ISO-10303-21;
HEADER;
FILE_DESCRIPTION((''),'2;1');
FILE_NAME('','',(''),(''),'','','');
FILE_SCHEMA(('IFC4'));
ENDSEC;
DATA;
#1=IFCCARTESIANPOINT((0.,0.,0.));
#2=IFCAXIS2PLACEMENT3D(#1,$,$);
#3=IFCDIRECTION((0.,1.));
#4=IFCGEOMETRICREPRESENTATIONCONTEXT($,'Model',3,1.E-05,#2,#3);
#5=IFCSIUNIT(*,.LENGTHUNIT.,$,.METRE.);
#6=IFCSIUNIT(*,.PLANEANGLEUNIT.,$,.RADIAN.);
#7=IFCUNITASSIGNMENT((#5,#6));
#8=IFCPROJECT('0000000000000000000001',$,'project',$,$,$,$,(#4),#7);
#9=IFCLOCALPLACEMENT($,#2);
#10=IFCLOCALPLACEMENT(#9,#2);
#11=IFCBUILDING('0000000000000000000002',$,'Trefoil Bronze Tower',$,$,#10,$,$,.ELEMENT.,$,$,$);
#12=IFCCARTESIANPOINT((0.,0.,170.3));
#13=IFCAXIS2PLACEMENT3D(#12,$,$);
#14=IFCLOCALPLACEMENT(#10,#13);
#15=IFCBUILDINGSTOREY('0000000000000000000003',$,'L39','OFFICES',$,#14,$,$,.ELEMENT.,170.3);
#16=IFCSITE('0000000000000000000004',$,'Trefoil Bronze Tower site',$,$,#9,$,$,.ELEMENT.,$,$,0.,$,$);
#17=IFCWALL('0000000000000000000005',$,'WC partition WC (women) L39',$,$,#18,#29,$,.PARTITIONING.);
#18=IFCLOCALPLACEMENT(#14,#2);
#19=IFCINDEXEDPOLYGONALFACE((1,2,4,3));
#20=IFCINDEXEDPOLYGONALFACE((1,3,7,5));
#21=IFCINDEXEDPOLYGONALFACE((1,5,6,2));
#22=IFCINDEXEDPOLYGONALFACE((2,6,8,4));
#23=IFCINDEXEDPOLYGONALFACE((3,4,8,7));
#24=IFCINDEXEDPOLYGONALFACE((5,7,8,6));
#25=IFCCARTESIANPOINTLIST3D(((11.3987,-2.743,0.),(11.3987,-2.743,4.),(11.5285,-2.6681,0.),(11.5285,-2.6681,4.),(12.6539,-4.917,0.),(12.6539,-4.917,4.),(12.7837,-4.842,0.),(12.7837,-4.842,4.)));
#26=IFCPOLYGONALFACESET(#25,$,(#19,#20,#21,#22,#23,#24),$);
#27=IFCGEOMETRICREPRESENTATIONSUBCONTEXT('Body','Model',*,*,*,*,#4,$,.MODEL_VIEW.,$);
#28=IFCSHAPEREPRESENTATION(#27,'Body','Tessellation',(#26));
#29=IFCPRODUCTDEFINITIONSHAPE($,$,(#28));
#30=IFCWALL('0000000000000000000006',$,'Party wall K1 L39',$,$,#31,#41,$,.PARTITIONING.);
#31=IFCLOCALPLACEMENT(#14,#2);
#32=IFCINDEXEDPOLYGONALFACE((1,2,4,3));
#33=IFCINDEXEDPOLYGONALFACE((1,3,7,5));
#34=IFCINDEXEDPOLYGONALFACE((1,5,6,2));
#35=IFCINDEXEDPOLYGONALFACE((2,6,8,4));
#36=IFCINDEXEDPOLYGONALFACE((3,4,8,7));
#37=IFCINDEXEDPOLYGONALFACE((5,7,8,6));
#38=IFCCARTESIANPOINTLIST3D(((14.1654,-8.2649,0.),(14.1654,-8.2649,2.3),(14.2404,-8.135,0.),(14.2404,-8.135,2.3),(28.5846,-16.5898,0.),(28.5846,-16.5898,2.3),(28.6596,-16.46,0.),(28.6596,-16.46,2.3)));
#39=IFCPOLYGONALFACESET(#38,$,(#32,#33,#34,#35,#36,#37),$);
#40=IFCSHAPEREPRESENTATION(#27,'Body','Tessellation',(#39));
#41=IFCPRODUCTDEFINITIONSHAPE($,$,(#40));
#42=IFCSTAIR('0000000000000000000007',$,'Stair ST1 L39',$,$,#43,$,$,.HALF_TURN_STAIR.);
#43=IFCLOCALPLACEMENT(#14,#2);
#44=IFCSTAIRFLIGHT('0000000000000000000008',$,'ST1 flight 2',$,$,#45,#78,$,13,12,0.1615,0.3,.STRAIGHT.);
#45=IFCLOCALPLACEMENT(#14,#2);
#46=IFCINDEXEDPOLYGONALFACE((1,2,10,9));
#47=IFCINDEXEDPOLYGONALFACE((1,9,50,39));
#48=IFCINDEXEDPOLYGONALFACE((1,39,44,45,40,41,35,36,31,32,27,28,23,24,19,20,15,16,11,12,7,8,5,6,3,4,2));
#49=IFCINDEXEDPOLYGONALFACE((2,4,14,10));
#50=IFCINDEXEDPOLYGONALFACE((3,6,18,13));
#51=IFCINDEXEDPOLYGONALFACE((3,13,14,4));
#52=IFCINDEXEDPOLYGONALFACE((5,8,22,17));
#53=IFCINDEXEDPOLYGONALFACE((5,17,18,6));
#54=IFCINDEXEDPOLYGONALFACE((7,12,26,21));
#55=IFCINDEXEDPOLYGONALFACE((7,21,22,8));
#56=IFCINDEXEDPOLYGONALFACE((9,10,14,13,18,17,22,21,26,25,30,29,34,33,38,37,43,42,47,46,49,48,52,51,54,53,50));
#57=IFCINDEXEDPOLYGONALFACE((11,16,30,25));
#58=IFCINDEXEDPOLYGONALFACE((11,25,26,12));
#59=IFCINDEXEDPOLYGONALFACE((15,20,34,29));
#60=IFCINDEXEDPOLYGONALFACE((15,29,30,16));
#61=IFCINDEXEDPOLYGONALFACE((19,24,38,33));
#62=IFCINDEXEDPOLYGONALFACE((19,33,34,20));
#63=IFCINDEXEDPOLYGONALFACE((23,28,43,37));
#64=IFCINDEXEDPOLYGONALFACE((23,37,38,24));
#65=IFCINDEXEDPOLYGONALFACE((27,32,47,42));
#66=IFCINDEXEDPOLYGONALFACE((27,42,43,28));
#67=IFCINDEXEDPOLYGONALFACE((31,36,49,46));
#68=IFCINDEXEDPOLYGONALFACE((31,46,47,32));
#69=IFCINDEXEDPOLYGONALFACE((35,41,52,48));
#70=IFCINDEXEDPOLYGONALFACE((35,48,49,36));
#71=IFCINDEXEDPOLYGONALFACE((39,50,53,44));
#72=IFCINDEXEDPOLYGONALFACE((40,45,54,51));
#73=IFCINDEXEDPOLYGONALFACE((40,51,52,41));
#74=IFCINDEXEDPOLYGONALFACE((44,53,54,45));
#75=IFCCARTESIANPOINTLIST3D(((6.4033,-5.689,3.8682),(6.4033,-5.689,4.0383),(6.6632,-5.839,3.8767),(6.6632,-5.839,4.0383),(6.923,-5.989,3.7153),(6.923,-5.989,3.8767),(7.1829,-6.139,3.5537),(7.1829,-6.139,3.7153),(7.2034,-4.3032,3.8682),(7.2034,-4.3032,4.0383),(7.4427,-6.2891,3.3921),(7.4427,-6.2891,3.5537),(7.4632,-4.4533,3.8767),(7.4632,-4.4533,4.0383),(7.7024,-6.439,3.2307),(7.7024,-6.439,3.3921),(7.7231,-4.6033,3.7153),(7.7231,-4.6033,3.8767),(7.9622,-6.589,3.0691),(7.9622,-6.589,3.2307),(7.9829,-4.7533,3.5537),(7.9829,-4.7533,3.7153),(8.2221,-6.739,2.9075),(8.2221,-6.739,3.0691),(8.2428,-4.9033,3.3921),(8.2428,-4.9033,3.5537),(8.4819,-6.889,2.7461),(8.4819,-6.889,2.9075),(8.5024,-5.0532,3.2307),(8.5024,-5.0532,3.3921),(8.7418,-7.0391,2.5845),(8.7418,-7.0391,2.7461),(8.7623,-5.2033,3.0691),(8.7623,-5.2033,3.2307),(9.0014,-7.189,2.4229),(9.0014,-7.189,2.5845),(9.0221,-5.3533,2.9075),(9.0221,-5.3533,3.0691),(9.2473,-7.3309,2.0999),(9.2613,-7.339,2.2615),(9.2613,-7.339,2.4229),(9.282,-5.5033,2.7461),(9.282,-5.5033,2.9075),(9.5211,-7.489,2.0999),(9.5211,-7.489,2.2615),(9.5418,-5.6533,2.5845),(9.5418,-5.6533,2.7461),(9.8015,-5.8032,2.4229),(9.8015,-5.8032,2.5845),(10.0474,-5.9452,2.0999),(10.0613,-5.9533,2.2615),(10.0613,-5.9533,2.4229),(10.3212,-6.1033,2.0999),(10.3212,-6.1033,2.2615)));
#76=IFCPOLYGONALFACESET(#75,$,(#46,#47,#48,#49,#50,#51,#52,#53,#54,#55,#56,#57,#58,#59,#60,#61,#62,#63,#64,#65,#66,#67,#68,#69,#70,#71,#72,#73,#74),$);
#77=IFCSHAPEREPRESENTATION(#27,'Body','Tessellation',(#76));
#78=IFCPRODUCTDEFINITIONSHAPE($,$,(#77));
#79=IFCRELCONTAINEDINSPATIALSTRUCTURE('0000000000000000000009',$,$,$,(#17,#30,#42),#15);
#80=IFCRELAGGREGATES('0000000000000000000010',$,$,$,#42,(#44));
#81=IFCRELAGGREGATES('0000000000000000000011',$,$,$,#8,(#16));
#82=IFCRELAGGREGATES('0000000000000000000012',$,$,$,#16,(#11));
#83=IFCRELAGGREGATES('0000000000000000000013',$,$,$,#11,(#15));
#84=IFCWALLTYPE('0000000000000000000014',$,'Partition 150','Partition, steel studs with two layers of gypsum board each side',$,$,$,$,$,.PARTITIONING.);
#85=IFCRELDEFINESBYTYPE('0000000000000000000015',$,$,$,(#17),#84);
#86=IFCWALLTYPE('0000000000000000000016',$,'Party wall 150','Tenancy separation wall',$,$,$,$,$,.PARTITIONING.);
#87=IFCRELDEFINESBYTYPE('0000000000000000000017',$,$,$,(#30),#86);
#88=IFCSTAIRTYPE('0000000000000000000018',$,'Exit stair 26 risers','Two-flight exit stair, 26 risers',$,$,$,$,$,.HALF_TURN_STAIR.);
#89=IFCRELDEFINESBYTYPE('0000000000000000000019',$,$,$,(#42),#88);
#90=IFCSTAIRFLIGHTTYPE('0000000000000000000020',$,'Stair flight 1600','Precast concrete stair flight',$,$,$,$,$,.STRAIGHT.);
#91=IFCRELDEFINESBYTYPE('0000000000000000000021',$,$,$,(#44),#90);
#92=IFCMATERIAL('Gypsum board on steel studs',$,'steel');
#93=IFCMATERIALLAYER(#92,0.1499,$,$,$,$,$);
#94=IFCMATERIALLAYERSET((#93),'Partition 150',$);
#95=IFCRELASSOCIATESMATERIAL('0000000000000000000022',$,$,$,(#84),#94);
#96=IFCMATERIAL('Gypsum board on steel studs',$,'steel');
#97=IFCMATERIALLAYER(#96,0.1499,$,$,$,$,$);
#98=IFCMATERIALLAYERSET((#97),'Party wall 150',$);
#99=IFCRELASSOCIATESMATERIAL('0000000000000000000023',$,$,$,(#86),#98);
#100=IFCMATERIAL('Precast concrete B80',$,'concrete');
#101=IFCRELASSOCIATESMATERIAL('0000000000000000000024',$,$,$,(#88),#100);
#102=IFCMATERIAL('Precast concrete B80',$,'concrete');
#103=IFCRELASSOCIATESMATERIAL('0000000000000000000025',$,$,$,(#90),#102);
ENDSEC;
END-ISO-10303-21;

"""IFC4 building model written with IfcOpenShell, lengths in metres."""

from ifc_helpers import new_model, si_unit, direction, frame, frame_2d, origin, place, context, subcontext, project, spatial, polyline, rectangle, outline, extrude, material, layer, layer_set, type_object, element, aggregate, save


model = new_model("IFC4")

# Units and contexts
model_context = context("Model", 3, precision=1e-05, world=origin(), true_north=direction((0.0, 1.0)))
body_context = subcontext(model_context, "Body", "Model", "MODEL_VIEW")
ifc_project = project(units=[si_unit("LENGTHUNIT", "METRE"), si_unit("PLANEANGLEUNIT", "RADIAN")], contexts=[model_context])

# Site, building, storey
site_placement = place(None, origin())
site = spatial("IfcSite", under=ifc_project, at=site_placement, Name="Trefoil Bronze Tower site", CompositionType="ELEMENT", RefElevation=0.0)
building_placement = place(site_placement, origin())
building = spatial("IfcBuilding", under=site, at=building_placement, Name="Trefoil Bronze Tower", CompositionType="ELEMENT")
storey_placement = place(building_placement, frame((0.0, 0.0, 170.3)))
storey = spatial("IfcBuildingStorey", under=building, at=storey_placement, Name="L39", Description="OFFICES", CompositionType="ELEMENT", Elevation=170.3)

# Shared definitions
ifc_material_1 = material(Name="Gypsum board on steel studs", Category="steel")
ifc_layer_1 = layer(ifc_material_1, 0.1499)
ifc_layer_set_1 = layer_set([ifc_layer_1], Name="Partition 150")
wall_type_1 = type_object("IfcWallType", Name="Partition 150", Description="Partition, steel studs with two layers of gypsum board each side", PredefinedType="PARTITIONING", material=ifc_layer_set_1)

# Walls
wall_1_placement = place(storey_placement, frame((11.4636, -2.7056, 0.0), z_axis=(0.0, 0.0, 1.0), x_axis=(0.50002, -0.866014, 0.0)))
element("IfcWall", 1, at=wall_1_placement, inside=storey, type_object=wall_type_1, Name="WC partition WC (women) L39", PredefinedType="PARTITIONING", context=body_context, shape_type="SweptSolid", body=[
    extrude(rectangle(XDim=2.5103, YDim=0.1499, at=frame_2d((1.2551, 0.0))), origin(), (0.0, 0.0, 1.0), 4.0),
])
ifc_material_2 = material(Name="Gypsum board on steel studs", Category="steel")
ifc_layer_2 = layer(ifc_material_2, 0.1499)
ifc_layer_set_2 = layer_set([ifc_layer_2], Name="Party wall 150")
wall_type_2 = type_object("IfcWallType", Name="Party wall 150", Description="Tenancy separation wall", PredefinedType="PARTITIONING", material=ifc_layer_set_2)
wall_2_placement = place(storey_placement, frame((14.2029, -8.2, 0.0), z_axis=(0.0, 0.0, 1.0), x_axis=(0.866025, -0.500001, 0.0)))
element("IfcWall", 2, at=wall_2_placement, inside=storey, type_object=wall_type_2, Name="Party wall K1 L39", PredefinedType="PARTITIONING", context=body_context, shape_type="SweptSolid", body=[
    extrude(rectangle(XDim=16.6499, YDim=0.1499, at=frame_2d((8.325, 0.0))), origin(), (0.0, 0.0, 1.0), 2.3),
])

# Stair, stair flight
ifc_material_3 = material(Name="Precast concrete B80", Category="concrete")
stair_type = type_object("IfcStairType", Name="Exit stair 26 risers", Description="Two-flight exit stair, 26 risers", PredefinedType="HALF_TURN_STAIR", material=ifc_material_3)
stair_placement = place(storey_placement, origin())
stair = element("IfcStair", 3, at=stair_placement, inside=storey, type_object=stair_type, Name="Stair ST1 L39", PredefinedType="HALF_TURN_STAIR")
ifc_material_4 = material(Name="Precast concrete B80", Category="concrete")
stair_flight_type = type_object("IfcStairFlightType", Name="Stair flight 1600", Description="Precast concrete stair flight", PredefinedType="STRAIGHT", material=ifc_material_4)
stair_flight_placement = place(storey_placement, frame((9.9211, -6.7961, 2.0999), z_axis=(0.0, 0.0, 1.0), x_axis=(-0.866025, 0.5, 0.0)))
stair_flight = element("IfcStairFlight", 4, at=stair_flight_placement, type_object=stair_flight_type, Name="ST1 flight 2", NumberOfRisers=13, NumberOfTreads=12, PredefinedType="STRAIGHT", RiserHeight=0.1615, TreadLength=0.3, context=body_context, shape_type="SweptSolid", body=[
    extrude(outline(polyline([(0.0, 0.0), (0.0, 0.1616), (0.3, 0.1616), (0.3, 0.323), (0.6001, 0.323), (0.6001, 0.4846), (0.8999, 0.4846), (0.8999, 0.6462), (1.2, 0.6462), (1.2, 0.8076), (1.5, 0.8076), (1.5, 0.9692), (1.8, 0.9692), (1.8, 1.1309), (2.1001, 1.1309), (2.1001, 1.2922), (2.3999, 1.2922), (2.3999, 1.4539), (2.7, 1.4539), (2.7, 1.6155), (3.0, 1.6155), (3.0, 1.7769), (3.3, 1.7769), (3.3, 1.9385), (3.6001, 1.9385), (3.6001, 2.1001), (3.6001, 1.7683), (0.3162, 0.0), (0.0, 0.0)])), frame((0.0, 0.8, 0.0), z_axis=(0.0, -1.0, 0.0), x_axis=(1.0, 0.0, 0.0)), (0.0, 0.0, 1.0), 1.6001),
])
aggregate(stair, [stair_flight])

save(model, "model.ifc")
